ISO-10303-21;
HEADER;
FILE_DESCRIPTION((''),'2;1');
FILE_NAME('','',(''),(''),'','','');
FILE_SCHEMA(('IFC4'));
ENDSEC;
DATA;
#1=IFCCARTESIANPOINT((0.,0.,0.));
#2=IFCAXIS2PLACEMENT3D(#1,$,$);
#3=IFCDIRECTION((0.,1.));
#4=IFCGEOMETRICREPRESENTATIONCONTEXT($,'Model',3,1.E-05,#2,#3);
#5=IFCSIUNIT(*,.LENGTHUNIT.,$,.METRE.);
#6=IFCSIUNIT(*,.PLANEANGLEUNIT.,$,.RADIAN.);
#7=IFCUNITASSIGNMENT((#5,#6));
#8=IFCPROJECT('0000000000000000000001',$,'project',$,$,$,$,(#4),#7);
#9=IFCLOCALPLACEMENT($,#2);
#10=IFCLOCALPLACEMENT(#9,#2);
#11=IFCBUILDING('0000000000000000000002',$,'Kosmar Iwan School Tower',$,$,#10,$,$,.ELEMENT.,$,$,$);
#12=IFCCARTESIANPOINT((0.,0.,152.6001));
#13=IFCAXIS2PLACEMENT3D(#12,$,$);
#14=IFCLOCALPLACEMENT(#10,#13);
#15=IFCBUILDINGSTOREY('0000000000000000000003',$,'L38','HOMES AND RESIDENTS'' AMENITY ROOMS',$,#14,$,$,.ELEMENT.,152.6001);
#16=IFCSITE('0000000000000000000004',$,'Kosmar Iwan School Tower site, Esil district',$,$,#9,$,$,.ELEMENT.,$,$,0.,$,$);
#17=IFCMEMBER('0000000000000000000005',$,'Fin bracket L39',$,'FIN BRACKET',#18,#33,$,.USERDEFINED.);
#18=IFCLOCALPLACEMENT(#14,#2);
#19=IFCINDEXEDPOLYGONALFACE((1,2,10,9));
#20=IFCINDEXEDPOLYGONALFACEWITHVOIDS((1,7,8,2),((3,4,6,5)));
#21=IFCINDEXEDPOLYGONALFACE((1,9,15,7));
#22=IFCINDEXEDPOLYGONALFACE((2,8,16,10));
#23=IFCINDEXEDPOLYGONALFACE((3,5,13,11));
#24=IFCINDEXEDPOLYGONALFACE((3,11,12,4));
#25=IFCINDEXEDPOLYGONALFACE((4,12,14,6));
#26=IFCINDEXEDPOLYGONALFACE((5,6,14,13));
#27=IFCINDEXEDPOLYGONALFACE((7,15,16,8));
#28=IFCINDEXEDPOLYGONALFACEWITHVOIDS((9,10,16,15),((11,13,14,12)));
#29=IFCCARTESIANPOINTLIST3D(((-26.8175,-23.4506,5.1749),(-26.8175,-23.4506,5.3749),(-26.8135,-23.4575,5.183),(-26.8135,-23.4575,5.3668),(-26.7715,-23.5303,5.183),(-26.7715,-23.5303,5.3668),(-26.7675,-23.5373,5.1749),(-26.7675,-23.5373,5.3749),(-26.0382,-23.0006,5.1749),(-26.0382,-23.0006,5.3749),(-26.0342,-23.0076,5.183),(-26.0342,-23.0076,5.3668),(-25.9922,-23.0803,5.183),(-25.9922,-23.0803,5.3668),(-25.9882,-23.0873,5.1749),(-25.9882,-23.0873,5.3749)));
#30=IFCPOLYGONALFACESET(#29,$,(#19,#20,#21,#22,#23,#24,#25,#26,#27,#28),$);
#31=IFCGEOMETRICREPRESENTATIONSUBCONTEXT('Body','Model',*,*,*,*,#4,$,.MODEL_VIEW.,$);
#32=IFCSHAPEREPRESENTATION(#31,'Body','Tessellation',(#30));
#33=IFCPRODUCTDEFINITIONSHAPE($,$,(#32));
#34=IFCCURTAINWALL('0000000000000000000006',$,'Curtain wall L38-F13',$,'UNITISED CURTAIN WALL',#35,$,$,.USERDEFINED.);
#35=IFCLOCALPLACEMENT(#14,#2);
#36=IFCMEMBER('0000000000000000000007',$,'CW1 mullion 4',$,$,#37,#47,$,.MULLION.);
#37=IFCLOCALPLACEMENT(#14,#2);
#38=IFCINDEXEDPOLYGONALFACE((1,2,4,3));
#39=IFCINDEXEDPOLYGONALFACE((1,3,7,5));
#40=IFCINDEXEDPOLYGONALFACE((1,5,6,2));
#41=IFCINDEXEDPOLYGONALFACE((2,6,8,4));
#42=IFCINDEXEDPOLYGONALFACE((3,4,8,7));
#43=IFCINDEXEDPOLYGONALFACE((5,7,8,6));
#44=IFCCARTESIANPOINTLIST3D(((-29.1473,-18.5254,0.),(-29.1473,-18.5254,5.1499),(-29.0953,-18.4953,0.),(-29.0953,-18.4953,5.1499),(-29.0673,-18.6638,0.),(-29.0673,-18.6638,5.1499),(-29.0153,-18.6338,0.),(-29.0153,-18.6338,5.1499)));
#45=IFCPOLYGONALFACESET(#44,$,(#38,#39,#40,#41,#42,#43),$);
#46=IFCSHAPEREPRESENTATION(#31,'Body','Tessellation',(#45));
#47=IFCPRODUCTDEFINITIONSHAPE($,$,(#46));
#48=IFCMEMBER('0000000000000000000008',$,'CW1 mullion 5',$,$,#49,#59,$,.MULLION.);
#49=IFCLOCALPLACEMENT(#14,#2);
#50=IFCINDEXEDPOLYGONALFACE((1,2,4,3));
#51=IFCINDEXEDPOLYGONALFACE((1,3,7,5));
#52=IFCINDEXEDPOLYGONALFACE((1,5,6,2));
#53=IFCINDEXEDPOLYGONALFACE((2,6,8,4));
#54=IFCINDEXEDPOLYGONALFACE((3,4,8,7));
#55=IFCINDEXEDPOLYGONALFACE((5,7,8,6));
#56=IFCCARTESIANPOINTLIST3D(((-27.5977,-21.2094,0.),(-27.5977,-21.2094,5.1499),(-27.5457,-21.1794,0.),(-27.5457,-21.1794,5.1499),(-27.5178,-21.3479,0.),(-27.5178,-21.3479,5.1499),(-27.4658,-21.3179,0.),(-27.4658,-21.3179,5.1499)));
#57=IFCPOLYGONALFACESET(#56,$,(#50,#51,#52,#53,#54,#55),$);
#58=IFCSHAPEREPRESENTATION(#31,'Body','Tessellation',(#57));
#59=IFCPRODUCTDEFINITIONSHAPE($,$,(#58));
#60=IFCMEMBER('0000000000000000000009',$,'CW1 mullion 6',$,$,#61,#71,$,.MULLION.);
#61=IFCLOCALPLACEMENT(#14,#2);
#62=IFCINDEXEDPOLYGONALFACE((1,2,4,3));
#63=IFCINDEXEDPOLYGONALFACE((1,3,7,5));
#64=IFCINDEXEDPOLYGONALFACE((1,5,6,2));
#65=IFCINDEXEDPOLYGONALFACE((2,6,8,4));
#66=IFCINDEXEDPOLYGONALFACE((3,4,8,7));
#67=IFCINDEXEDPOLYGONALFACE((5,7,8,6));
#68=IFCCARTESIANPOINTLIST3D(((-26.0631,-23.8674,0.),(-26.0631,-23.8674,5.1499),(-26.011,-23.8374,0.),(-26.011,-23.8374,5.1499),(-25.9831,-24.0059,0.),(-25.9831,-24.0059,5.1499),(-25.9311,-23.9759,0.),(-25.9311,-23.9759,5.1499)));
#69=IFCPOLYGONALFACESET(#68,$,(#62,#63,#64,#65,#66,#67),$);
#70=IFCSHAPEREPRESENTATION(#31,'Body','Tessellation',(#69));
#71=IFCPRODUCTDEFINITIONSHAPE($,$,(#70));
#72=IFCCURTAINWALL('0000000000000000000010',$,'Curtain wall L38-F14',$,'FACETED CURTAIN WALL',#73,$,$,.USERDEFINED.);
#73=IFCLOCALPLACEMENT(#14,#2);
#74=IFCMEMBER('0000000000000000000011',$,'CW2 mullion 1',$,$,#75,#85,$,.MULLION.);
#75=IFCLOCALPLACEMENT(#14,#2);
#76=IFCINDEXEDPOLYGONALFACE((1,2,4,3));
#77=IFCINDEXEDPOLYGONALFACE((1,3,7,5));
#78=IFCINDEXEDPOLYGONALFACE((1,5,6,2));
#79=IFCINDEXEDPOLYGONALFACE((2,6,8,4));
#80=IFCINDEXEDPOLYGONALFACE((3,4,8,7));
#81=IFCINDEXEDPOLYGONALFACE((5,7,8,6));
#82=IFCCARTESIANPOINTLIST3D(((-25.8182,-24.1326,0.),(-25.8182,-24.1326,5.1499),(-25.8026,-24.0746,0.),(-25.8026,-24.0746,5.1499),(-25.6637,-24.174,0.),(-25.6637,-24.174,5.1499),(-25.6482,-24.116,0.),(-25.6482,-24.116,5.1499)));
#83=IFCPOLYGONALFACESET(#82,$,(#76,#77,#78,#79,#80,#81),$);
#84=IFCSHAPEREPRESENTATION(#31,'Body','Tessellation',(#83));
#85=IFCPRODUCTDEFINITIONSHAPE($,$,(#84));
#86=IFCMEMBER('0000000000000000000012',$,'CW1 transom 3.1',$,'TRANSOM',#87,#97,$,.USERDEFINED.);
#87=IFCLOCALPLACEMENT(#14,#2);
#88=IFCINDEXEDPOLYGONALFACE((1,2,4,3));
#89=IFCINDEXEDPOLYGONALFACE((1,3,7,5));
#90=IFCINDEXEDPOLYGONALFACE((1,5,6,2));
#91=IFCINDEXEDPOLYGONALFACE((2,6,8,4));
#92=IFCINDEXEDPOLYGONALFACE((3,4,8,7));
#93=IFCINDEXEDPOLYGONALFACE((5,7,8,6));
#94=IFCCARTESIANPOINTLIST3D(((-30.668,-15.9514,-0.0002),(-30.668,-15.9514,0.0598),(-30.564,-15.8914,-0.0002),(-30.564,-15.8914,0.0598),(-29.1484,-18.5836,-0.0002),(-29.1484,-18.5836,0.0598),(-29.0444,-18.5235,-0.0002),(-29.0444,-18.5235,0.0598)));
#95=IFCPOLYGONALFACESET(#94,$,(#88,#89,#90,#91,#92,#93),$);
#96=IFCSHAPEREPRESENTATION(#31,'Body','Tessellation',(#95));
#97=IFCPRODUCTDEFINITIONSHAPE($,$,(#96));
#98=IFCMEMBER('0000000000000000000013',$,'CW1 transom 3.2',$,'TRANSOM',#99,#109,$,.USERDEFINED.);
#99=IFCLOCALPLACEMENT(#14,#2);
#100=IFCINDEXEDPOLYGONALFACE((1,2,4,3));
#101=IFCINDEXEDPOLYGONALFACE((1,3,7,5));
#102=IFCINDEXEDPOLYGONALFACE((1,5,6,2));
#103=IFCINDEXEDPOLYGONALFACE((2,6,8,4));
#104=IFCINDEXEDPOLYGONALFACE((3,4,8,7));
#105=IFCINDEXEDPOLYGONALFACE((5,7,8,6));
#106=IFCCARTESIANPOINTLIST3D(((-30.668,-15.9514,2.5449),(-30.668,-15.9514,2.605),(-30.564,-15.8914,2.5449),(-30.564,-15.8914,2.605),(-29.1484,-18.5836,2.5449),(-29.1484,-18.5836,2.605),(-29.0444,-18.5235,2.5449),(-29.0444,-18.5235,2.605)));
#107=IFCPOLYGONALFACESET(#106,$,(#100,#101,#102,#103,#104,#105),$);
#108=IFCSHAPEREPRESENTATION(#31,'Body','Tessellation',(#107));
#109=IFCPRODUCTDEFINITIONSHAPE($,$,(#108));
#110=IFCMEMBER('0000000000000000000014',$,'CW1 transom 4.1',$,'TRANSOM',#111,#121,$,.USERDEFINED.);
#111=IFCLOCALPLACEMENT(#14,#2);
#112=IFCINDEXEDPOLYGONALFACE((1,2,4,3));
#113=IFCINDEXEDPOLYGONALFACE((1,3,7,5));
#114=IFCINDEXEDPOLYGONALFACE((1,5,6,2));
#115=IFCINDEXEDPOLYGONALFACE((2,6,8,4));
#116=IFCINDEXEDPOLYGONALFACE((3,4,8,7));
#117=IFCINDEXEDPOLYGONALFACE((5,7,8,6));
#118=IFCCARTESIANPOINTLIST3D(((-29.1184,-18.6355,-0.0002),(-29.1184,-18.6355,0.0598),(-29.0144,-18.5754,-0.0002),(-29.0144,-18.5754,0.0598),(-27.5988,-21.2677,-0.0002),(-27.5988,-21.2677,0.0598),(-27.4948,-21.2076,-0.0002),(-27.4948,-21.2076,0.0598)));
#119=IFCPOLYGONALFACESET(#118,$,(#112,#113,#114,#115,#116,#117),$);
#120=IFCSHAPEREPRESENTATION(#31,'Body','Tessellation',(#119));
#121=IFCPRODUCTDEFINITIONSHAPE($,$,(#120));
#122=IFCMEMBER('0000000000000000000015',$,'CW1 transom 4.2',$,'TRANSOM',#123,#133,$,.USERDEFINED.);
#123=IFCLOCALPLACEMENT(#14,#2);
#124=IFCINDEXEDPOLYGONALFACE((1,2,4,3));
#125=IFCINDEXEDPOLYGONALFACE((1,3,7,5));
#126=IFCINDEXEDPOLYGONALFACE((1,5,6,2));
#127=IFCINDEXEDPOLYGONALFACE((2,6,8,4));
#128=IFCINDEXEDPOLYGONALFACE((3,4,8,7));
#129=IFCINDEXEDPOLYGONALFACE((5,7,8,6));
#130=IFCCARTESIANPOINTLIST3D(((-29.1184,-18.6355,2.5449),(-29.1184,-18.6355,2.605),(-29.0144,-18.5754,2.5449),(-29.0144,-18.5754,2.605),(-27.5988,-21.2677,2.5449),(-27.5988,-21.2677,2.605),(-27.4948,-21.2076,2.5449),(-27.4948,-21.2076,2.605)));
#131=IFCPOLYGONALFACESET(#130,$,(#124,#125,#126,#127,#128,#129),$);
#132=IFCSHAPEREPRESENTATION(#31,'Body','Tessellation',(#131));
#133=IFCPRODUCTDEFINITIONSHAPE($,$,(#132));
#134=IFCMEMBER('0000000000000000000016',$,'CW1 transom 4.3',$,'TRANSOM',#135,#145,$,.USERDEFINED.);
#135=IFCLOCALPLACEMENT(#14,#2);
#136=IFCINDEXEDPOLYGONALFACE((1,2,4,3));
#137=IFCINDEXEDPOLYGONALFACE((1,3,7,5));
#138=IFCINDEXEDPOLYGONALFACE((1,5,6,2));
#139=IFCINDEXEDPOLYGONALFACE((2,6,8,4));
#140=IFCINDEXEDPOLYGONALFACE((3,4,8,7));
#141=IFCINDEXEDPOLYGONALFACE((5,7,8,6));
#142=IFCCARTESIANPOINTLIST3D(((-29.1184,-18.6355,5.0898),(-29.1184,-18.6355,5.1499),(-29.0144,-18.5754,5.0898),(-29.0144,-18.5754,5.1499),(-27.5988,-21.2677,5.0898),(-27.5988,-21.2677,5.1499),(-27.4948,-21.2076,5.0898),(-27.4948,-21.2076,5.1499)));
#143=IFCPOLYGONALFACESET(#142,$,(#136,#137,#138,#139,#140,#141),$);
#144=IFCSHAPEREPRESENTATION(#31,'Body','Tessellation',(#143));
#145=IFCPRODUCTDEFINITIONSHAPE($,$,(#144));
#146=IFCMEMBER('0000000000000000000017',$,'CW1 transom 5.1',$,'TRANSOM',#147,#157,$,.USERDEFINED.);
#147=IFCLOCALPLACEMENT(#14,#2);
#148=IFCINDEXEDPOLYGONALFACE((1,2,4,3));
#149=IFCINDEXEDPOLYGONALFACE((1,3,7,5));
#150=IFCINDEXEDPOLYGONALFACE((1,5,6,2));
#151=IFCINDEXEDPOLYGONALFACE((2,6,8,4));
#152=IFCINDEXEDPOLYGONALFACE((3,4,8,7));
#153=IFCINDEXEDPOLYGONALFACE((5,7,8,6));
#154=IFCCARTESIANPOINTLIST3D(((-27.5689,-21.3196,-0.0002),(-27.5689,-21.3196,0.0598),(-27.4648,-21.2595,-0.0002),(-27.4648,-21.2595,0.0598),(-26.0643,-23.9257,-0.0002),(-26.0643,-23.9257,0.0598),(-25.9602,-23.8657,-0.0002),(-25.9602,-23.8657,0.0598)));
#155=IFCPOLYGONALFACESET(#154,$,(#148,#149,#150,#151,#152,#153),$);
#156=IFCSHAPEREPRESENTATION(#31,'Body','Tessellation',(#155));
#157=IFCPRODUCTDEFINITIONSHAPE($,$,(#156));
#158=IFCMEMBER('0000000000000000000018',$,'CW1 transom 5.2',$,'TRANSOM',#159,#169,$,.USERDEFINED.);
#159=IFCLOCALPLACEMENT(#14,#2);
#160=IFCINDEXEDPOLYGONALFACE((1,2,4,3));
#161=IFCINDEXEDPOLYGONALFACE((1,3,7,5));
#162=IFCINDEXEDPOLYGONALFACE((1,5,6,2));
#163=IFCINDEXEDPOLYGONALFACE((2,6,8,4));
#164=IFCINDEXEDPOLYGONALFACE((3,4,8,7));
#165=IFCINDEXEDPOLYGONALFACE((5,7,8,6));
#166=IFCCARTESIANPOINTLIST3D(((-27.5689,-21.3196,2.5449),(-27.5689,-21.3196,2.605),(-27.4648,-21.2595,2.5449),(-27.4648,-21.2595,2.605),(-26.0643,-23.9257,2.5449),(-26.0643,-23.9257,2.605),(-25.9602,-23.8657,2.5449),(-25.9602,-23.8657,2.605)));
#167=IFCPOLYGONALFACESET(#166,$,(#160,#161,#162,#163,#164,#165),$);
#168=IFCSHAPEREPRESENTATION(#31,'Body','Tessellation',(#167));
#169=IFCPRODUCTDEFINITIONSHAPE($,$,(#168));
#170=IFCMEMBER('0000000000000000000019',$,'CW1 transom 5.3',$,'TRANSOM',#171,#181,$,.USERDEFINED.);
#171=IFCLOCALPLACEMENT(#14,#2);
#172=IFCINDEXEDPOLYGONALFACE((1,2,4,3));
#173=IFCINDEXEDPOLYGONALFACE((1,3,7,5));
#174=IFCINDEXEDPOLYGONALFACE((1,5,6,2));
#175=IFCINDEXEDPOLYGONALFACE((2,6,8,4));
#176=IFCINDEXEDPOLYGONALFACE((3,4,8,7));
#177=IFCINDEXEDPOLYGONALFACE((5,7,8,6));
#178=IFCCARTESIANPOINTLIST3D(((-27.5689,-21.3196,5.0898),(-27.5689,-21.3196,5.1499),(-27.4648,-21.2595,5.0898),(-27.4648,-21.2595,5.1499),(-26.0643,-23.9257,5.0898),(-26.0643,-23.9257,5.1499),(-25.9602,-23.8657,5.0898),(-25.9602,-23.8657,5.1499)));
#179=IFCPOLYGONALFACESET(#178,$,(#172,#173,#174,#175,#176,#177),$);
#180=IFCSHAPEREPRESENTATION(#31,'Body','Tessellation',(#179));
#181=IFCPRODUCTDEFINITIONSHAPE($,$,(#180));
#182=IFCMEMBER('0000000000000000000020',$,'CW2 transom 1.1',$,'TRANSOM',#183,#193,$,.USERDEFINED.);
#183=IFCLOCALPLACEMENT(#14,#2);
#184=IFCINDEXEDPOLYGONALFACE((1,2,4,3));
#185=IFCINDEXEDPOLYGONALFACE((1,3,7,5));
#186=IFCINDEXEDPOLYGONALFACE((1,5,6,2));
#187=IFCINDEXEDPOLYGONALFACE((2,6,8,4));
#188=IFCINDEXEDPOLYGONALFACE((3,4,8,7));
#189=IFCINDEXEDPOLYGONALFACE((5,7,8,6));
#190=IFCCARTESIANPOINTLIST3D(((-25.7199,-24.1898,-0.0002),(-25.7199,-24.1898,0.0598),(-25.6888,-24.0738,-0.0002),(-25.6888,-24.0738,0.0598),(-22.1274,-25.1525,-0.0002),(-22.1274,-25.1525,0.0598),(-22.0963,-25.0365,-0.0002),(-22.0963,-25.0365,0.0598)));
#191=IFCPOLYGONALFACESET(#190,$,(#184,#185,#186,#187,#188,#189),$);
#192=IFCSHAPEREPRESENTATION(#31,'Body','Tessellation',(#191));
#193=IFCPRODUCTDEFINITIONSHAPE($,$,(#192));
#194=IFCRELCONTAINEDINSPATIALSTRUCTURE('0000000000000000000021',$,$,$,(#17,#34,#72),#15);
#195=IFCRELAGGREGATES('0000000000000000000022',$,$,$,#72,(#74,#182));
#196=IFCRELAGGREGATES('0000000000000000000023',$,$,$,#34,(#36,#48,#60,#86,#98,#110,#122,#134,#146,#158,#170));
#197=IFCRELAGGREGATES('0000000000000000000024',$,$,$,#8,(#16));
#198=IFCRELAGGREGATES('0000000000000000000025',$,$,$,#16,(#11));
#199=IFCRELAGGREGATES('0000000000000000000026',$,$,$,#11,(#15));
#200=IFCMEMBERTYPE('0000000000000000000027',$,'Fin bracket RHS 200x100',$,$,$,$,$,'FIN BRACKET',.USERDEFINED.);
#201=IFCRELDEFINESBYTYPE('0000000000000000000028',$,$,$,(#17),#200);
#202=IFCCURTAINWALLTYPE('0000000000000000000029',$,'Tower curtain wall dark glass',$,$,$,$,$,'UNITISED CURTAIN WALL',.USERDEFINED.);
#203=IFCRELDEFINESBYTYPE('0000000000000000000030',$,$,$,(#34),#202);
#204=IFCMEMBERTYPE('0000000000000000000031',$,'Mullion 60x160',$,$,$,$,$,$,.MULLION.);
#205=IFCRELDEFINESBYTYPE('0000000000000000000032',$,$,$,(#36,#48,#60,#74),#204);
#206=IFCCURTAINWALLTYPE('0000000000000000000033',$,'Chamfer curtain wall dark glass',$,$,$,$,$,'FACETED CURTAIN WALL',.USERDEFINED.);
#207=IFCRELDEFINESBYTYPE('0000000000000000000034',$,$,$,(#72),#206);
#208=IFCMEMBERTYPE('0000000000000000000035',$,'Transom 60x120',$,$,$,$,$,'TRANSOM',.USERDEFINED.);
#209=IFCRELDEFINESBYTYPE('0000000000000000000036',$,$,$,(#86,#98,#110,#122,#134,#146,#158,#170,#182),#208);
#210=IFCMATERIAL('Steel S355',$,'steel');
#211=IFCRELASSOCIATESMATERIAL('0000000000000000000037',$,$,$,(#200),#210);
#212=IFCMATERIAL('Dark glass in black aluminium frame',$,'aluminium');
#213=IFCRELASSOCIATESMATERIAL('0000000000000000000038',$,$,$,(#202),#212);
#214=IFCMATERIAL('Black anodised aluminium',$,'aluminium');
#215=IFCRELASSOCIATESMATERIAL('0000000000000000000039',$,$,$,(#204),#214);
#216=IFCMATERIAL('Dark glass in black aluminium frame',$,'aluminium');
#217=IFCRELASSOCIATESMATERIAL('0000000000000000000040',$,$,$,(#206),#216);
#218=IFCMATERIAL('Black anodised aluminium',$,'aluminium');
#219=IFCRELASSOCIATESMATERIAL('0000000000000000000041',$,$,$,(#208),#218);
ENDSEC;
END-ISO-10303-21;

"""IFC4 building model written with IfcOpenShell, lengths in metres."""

from ifc_helpers import new_model, si_unit, direction, frame, origin, origin_2d, place, context, subcontext, project, spatial, rectangle, hollow_rectangle, extrude, material, material_profile, profile_set, type_object, element, aggregate, save


model = new_model("IFC4")

# Units and contexts
model_context = context("Model", 3, precision=1e-05, world=origin(), true_north=direction((0.0, 1.0)))
body_context = subcontext(model_context, "Body", "Model", "MODEL_VIEW")
ifc_project = project(units=[si_unit("LENGTHUNIT", "METRE"), si_unit("PLANEANGLEUNIT", "RADIAN")], contexts=[model_context])

# Site, building, storey
site_placement = place(None, origin())
site = spatial("IfcSite", under=ifc_project, at=site_placement, Name="Kosmar Iwan School Tower site, Esil district", CompositionType="ELEMENT", RefElevation=0.0)
building_placement = place(site_placement, origin())
building = spatial("IfcBuilding", under=site, at=building_placement, Name="Kosmar Iwan School Tower", CompositionType="ELEMENT")
storey_placement = place(building_placement, frame((0.0, 0.0, 152.6001)))
storey = spatial("IfcBuildingStorey", under=building, at=storey_placement, Name="L38", Description="HOMES AND RESIDENTS' AMENITY ROOMS", CompositionType="ELEMENT", Elevation=152.6001)

# Member
ifc_material_1 = material(Name="Steel S355", Category="steel")
ifc_material_profile_1 = material_profile(ifc_material_1, hollow_rectangle(XDim=0.1001, YDim=0.2, WallThickness=0.0081, at=origin_2d()), Name="RHS 200x100x8")
ifc_profile_set_1 = profile_set([ifc_material_profile_1], Name="Steel S355")
member_type_1 = type_object("IfcMemberType", Name="Fin bracket RHS 200x100", ElementType="FIN BRACKET", PredefinedType="USERDEFINED", material=ifc_profile_set_1)
member_1_placement = place(storey_placement, frame((-26.0132, -23.0439, 5.2749), z_axis=(-0.866014, -0.50002, 0.0), x_axis=(0.50002, -0.866014, 0.0)))
element("IfcMember", 1, at=member_1_placement, inside=storey, type_object=member_type_1, Name="Fin bracket L39", ObjectType="FIN BRACKET", PredefinedType="USERDEFINED", context=body_context, shape_type="SweptSolid", body=[
    extrude(hollow_rectangle(XDim=0.1001, YDim=0.2, WallThickness=0.0081, at=origin_2d()), origin(), (0.0, 0.0, 1.0), 0.8999),
])

# Curtain wall, members
ifc_material_2 = material(Name="Dark glass in black aluminium frame", Category="aluminium")
curtain_wall_type_1 = type_object("IfcCurtainWallType", Name="Tower curtain wall dark glass", ElementType="UNITISED CURTAIN WALL", PredefinedType="USERDEFINED", material=ifc_material_2)
curtain_wall_1_placement = place(storey_placement, origin())
curtain_wall_1 = element("IfcCurtainWall", 2, at=curtain_wall_1_placement, inside=storey, type_object=curtain_wall_type_1, Name="Curtain wall L38-F13", ObjectType="UNITISED CURTAIN WALL", PredefinedType="USERDEFINED")
ifc_material_3 = material(Name="Black anodised aluminium", Category="aluminium")
ifc_material_profile_2 = material_profile(ifc_material_3, rectangle(XDim=0.0601, YDim=0.1599, at=origin_2d()), Name="MULLION 60x160")
ifc_profile_set_2 = profile_set([ifc_material_profile_2], Name="Black anodised aluminium")
member_type_2 = type_object("IfcMemberType", Name="Mullion 60x160", PredefinedType="MULLION", material=ifc_profile_set_2)
member_2_placement = place(storey_placement, frame((-29.0813, -18.5796, 0.0), z_axis=(0.0, 0.0, 1.0), x_axis=(0.866025, 0.5, 0.0)))
member_2 = element("IfcMember", 3, at=member_2_placement, type_object=member_type_2, Name="CW1 mullion 4", PredefinedType="MULLION", context=body_context, shape_type="SweptSolid", body=[
    extrude(rectangle(XDim=0.0601, YDim=0.1599, at=origin_2d()), origin(), (0.0, 0.0, 1.0), 5.1499),
])
member_3_placement = place(storey_placement, frame((-27.5317, -21.2637, 0.0), z_axis=(0.0, 0.0, 1.0), x_axis=(0.866025, 0.5, 0.0)))
member_3 = element("IfcMember", 4, at=member_3_placement, type_object=member_type_2, Name="CW1 mullion 5", PredefinedType="MULLION", context=body_context, shape_type="SweptSolid", body=[
    extrude(rectangle(XDim=0.0601, YDim=0.1599, at=origin_2d()), origin(), (0.0, 0.0, 1.0), 5.1499),
])
member_4_placement = place(storey_placement, frame((-25.9971, -23.9216, 0.0), z_axis=(0.0, 0.0, 1.0), x_axis=(0.866025, 0.5, 0.0)))
member_4 = element("IfcMember", 5, at=member_4_placement, type_object=member_type_2, Name="CW1 mullion 6", PredefinedType="MULLION", context=body_context, shape_type="SweptSolid", body=[
    extrude(rectangle(XDim=0.0601, YDim=0.1599, at=origin_2d()), origin(), (0.0, 0.0, 1.0), 5.1499),
])

# Curtain wall, member
ifc_material_4 = material(Name="Dark glass in black aluminium frame", Category="aluminium")
curtain_wall_type_2 = type_object("IfcCurtainWallType", Name="Chamfer curtain wall dark glass", ElementType="FACETED CURTAIN WALL", PredefinedType="USERDEFINED", material=ifc_material_4)
curtain_wall_2_placement = place(storey_placement, origin())
curtain_wall_2 = element("IfcCurtainWall", 6, at=curtain_wall_2_placement, inside=storey, type_object=curtain_wall_type_2, Name="Curtain wall L38-F14", ObjectType="FACETED CURTAIN WALL", PredefinedType="USERDEFINED")
member_5_placement = place(storey_placement, frame((-25.7332, -24.1243, 0.0), z_axis=(0.0, 0.0, 1.0), x_axis=(0.258819, 0.965926, 0.0)))
member_5 = element("IfcMember", 7, at=member_5_placement, type_object=member_type_2, Name="CW2 mullion 1", PredefinedType="MULLION", context=body_context, shape_type="SweptSolid", body=[
    extrude(rectangle(XDim=0.0601, YDim=0.1599, at=origin_2d()), origin(), (0.0, 0.0, 1.0), 5.1499),
])

# Members
ifc_material_5 = material(Name="Black anodised aluminium", Category="aluminium")
ifc_material_profile_3 = material_profile(ifc_material_5, rectangle(XDim=0.1201, YDim=0.0601, at=origin_2d()), Name="TRANSOM 60x120")
ifc_profile_set_3 = profile_set([ifc_material_profile_3], Name="Black anodised aluminium")
member_type_3 = type_object("IfcMemberType", Name="Transom 60x120", ElementType="TRANSOM", PredefinedType="USERDEFINED", material=ifc_profile_set_3)
member_6_placement = place(storey_placement, frame((-30.616, -15.9214, 0.0298), z_axis=(0.499975, -0.86604, 0.0), x_axis=(0.86604, 0.499975, 0.0)))
member_6 = element("IfcMember", 8, at=member_6_placement, type_object=member_type_3, Name="CW1 transom 3.1", ObjectType="TRANSOM", PredefinedType="USERDEFINED", context=body_context, shape_type="SweptSolid", body=[
    extrude(rectangle(XDim=0.1201, YDim=0.0601, at=origin_2d()), origin(), (0.0, 0.0, 1.0), 3.0393),
])
member_7_placement = place(storey_placement, frame((-30.616, -15.9214, 2.575), z_axis=(0.499975, -0.86604, 0.0), x_axis=(0.86604, 0.499975, 0.0)))
member_7 = element("IfcMember", 9, at=member_7_placement, type_object=member_type_3, Name="CW1 transom 3.2", ObjectType="TRANSOM", PredefinedType="USERDEFINED", context=body_context, shape_type="SweptSolid", body=[
    extrude(rectangle(XDim=0.1201, YDim=0.0601, at=origin_2d()), origin(), (0.0, 0.0, 1.0), 3.0393),
])
member_8_placement = place(storey_placement, frame((-29.0664, -18.6055, 0.0298), z_axis=(0.499975, -0.86604, 0.0), x_axis=(0.86604, 0.499975, 0.0)))
member_8 = element("IfcMember", 10, at=member_8_placement, type_object=member_type_3, Name="CW1 transom 4.1", ObjectType="TRANSOM", PredefinedType="USERDEFINED", context=body_context, shape_type="SweptSolid", body=[
    extrude(rectangle(XDim=0.1201, YDim=0.0601, at=origin_2d()), origin(), (0.0, 0.0, 1.0), 3.0393),
])
member_9_placement = place(storey_placement, frame((-29.0664, -18.6055, 2.575), z_axis=(0.499975, -0.86604, 0.0), x_axis=(0.86604, 0.499975, 0.0)))
member_9 = element("IfcMember", 11, at=member_9_placement, type_object=member_type_3, Name="CW1 transom 4.2", ObjectType="TRANSOM", PredefinedType="USERDEFINED", context=body_context, shape_type="SweptSolid", body=[
    extrude(rectangle(XDim=0.1201, YDim=0.0601, at=origin_2d()), origin(), (0.0, 0.0, 1.0), 3.0393),
])
member_10_placement = place(storey_placement, frame((-29.0664, -18.6055, 5.1199), z_axis=(0.499975, -0.86604, 0.0), x_axis=(0.86604, 0.499975, 0.0)))
member_10 = element("IfcMember", 12, at=member_10_placement, type_object=member_type_3, Name="CW1 transom 4.3", ObjectType="TRANSOM", PredefinedType="USERDEFINED", context=body_context, shape_type="SweptSolid", body=[
    extrude(rectangle(XDim=0.1201, YDim=0.0601, at=origin_2d()), origin(), (0.0, 0.0, 1.0), 3.0393),
])
member_11_placement = place(storey_placement, frame((-27.5168, -21.2896, 0.0298), z_axis=(0.499987, -0.866033, 0.0), x_axis=(0.866033, 0.499987, 0.0)))
member_11 = element("IfcMember", 13, at=member_11_placement, type_object=member_type_3, Name="CW1 transom 5.1", ObjectType="TRANSOM", PredefinedType="USERDEFINED", context=body_context, shape_type="SweptSolid", body=[
    extrude(rectangle(XDim=0.1201, YDim=0.0601, at=origin_2d()), origin(), (0.0, 0.0, 1.0), 3.0093),
])
member_12_placement = place(storey_placement, frame((-27.5168, -21.2896, 2.575), z_axis=(0.499987, -0.866033, 0.0), x_axis=(0.866033, 0.499987, 0.0)))
member_12 = element("IfcMember", 14, at=member_12_placement, type_object=member_type_3, Name="CW1 transom 5.2", ObjectType="TRANSOM", PredefinedType="USERDEFINED", context=body_context, shape_type="SweptSolid", body=[
    extrude(rectangle(XDim=0.1201, YDim=0.0601, at=origin_2d()), origin(), (0.0, 0.0, 1.0), 3.0093),
])
member_13_placement = place(storey_placement, frame((-27.5168, -21.2896, 5.1199), z_axis=(0.499987, -0.866033, 0.0), x_axis=(0.866033, 0.499987, 0.0)))
member_13 = element("IfcMember", 15, at=member_13_placement, type_object=member_type_3, Name="CW1 transom 5.3", ObjectType="TRANSOM", PredefinedType="USERDEFINED", context=body_context, shape_type="SweptSolid", body=[
    extrude(rectangle(XDim=0.1201, YDim=0.0601, at=origin_2d()), origin(), (0.0, 0.0, 1.0), 3.0093),
])
member_14_placement = place(storey_placement, frame((-25.7043, -24.1318, 0.0298), z_axis=(0.965924, -0.258827, 0.0), x_axis=(0.258827, 0.965924, 0.0)))
member_14 = element("IfcMember", 16, at=member_14_placement, type_object=member_type_3, Name="CW2 transom 1.1", ObjectType="TRANSOM", PredefinedType="USERDEFINED", context=body_context, shape_type="SweptSolid", body=[
    extrude(rectangle(XDim=0.1201, YDim=0.0601, at=origin_2d()), origin(), (0.0, 0.0, 1.0), 3.7192),
])
aggregate(curtain_wall_2, [member_5, member_14])

aggregate(curtain_wall_1, [member_2, member_3, member_4, member_6, member_7, member_8, member_9, member_10, member_11, member_12, member_13])

save(model, "model.ifc")
